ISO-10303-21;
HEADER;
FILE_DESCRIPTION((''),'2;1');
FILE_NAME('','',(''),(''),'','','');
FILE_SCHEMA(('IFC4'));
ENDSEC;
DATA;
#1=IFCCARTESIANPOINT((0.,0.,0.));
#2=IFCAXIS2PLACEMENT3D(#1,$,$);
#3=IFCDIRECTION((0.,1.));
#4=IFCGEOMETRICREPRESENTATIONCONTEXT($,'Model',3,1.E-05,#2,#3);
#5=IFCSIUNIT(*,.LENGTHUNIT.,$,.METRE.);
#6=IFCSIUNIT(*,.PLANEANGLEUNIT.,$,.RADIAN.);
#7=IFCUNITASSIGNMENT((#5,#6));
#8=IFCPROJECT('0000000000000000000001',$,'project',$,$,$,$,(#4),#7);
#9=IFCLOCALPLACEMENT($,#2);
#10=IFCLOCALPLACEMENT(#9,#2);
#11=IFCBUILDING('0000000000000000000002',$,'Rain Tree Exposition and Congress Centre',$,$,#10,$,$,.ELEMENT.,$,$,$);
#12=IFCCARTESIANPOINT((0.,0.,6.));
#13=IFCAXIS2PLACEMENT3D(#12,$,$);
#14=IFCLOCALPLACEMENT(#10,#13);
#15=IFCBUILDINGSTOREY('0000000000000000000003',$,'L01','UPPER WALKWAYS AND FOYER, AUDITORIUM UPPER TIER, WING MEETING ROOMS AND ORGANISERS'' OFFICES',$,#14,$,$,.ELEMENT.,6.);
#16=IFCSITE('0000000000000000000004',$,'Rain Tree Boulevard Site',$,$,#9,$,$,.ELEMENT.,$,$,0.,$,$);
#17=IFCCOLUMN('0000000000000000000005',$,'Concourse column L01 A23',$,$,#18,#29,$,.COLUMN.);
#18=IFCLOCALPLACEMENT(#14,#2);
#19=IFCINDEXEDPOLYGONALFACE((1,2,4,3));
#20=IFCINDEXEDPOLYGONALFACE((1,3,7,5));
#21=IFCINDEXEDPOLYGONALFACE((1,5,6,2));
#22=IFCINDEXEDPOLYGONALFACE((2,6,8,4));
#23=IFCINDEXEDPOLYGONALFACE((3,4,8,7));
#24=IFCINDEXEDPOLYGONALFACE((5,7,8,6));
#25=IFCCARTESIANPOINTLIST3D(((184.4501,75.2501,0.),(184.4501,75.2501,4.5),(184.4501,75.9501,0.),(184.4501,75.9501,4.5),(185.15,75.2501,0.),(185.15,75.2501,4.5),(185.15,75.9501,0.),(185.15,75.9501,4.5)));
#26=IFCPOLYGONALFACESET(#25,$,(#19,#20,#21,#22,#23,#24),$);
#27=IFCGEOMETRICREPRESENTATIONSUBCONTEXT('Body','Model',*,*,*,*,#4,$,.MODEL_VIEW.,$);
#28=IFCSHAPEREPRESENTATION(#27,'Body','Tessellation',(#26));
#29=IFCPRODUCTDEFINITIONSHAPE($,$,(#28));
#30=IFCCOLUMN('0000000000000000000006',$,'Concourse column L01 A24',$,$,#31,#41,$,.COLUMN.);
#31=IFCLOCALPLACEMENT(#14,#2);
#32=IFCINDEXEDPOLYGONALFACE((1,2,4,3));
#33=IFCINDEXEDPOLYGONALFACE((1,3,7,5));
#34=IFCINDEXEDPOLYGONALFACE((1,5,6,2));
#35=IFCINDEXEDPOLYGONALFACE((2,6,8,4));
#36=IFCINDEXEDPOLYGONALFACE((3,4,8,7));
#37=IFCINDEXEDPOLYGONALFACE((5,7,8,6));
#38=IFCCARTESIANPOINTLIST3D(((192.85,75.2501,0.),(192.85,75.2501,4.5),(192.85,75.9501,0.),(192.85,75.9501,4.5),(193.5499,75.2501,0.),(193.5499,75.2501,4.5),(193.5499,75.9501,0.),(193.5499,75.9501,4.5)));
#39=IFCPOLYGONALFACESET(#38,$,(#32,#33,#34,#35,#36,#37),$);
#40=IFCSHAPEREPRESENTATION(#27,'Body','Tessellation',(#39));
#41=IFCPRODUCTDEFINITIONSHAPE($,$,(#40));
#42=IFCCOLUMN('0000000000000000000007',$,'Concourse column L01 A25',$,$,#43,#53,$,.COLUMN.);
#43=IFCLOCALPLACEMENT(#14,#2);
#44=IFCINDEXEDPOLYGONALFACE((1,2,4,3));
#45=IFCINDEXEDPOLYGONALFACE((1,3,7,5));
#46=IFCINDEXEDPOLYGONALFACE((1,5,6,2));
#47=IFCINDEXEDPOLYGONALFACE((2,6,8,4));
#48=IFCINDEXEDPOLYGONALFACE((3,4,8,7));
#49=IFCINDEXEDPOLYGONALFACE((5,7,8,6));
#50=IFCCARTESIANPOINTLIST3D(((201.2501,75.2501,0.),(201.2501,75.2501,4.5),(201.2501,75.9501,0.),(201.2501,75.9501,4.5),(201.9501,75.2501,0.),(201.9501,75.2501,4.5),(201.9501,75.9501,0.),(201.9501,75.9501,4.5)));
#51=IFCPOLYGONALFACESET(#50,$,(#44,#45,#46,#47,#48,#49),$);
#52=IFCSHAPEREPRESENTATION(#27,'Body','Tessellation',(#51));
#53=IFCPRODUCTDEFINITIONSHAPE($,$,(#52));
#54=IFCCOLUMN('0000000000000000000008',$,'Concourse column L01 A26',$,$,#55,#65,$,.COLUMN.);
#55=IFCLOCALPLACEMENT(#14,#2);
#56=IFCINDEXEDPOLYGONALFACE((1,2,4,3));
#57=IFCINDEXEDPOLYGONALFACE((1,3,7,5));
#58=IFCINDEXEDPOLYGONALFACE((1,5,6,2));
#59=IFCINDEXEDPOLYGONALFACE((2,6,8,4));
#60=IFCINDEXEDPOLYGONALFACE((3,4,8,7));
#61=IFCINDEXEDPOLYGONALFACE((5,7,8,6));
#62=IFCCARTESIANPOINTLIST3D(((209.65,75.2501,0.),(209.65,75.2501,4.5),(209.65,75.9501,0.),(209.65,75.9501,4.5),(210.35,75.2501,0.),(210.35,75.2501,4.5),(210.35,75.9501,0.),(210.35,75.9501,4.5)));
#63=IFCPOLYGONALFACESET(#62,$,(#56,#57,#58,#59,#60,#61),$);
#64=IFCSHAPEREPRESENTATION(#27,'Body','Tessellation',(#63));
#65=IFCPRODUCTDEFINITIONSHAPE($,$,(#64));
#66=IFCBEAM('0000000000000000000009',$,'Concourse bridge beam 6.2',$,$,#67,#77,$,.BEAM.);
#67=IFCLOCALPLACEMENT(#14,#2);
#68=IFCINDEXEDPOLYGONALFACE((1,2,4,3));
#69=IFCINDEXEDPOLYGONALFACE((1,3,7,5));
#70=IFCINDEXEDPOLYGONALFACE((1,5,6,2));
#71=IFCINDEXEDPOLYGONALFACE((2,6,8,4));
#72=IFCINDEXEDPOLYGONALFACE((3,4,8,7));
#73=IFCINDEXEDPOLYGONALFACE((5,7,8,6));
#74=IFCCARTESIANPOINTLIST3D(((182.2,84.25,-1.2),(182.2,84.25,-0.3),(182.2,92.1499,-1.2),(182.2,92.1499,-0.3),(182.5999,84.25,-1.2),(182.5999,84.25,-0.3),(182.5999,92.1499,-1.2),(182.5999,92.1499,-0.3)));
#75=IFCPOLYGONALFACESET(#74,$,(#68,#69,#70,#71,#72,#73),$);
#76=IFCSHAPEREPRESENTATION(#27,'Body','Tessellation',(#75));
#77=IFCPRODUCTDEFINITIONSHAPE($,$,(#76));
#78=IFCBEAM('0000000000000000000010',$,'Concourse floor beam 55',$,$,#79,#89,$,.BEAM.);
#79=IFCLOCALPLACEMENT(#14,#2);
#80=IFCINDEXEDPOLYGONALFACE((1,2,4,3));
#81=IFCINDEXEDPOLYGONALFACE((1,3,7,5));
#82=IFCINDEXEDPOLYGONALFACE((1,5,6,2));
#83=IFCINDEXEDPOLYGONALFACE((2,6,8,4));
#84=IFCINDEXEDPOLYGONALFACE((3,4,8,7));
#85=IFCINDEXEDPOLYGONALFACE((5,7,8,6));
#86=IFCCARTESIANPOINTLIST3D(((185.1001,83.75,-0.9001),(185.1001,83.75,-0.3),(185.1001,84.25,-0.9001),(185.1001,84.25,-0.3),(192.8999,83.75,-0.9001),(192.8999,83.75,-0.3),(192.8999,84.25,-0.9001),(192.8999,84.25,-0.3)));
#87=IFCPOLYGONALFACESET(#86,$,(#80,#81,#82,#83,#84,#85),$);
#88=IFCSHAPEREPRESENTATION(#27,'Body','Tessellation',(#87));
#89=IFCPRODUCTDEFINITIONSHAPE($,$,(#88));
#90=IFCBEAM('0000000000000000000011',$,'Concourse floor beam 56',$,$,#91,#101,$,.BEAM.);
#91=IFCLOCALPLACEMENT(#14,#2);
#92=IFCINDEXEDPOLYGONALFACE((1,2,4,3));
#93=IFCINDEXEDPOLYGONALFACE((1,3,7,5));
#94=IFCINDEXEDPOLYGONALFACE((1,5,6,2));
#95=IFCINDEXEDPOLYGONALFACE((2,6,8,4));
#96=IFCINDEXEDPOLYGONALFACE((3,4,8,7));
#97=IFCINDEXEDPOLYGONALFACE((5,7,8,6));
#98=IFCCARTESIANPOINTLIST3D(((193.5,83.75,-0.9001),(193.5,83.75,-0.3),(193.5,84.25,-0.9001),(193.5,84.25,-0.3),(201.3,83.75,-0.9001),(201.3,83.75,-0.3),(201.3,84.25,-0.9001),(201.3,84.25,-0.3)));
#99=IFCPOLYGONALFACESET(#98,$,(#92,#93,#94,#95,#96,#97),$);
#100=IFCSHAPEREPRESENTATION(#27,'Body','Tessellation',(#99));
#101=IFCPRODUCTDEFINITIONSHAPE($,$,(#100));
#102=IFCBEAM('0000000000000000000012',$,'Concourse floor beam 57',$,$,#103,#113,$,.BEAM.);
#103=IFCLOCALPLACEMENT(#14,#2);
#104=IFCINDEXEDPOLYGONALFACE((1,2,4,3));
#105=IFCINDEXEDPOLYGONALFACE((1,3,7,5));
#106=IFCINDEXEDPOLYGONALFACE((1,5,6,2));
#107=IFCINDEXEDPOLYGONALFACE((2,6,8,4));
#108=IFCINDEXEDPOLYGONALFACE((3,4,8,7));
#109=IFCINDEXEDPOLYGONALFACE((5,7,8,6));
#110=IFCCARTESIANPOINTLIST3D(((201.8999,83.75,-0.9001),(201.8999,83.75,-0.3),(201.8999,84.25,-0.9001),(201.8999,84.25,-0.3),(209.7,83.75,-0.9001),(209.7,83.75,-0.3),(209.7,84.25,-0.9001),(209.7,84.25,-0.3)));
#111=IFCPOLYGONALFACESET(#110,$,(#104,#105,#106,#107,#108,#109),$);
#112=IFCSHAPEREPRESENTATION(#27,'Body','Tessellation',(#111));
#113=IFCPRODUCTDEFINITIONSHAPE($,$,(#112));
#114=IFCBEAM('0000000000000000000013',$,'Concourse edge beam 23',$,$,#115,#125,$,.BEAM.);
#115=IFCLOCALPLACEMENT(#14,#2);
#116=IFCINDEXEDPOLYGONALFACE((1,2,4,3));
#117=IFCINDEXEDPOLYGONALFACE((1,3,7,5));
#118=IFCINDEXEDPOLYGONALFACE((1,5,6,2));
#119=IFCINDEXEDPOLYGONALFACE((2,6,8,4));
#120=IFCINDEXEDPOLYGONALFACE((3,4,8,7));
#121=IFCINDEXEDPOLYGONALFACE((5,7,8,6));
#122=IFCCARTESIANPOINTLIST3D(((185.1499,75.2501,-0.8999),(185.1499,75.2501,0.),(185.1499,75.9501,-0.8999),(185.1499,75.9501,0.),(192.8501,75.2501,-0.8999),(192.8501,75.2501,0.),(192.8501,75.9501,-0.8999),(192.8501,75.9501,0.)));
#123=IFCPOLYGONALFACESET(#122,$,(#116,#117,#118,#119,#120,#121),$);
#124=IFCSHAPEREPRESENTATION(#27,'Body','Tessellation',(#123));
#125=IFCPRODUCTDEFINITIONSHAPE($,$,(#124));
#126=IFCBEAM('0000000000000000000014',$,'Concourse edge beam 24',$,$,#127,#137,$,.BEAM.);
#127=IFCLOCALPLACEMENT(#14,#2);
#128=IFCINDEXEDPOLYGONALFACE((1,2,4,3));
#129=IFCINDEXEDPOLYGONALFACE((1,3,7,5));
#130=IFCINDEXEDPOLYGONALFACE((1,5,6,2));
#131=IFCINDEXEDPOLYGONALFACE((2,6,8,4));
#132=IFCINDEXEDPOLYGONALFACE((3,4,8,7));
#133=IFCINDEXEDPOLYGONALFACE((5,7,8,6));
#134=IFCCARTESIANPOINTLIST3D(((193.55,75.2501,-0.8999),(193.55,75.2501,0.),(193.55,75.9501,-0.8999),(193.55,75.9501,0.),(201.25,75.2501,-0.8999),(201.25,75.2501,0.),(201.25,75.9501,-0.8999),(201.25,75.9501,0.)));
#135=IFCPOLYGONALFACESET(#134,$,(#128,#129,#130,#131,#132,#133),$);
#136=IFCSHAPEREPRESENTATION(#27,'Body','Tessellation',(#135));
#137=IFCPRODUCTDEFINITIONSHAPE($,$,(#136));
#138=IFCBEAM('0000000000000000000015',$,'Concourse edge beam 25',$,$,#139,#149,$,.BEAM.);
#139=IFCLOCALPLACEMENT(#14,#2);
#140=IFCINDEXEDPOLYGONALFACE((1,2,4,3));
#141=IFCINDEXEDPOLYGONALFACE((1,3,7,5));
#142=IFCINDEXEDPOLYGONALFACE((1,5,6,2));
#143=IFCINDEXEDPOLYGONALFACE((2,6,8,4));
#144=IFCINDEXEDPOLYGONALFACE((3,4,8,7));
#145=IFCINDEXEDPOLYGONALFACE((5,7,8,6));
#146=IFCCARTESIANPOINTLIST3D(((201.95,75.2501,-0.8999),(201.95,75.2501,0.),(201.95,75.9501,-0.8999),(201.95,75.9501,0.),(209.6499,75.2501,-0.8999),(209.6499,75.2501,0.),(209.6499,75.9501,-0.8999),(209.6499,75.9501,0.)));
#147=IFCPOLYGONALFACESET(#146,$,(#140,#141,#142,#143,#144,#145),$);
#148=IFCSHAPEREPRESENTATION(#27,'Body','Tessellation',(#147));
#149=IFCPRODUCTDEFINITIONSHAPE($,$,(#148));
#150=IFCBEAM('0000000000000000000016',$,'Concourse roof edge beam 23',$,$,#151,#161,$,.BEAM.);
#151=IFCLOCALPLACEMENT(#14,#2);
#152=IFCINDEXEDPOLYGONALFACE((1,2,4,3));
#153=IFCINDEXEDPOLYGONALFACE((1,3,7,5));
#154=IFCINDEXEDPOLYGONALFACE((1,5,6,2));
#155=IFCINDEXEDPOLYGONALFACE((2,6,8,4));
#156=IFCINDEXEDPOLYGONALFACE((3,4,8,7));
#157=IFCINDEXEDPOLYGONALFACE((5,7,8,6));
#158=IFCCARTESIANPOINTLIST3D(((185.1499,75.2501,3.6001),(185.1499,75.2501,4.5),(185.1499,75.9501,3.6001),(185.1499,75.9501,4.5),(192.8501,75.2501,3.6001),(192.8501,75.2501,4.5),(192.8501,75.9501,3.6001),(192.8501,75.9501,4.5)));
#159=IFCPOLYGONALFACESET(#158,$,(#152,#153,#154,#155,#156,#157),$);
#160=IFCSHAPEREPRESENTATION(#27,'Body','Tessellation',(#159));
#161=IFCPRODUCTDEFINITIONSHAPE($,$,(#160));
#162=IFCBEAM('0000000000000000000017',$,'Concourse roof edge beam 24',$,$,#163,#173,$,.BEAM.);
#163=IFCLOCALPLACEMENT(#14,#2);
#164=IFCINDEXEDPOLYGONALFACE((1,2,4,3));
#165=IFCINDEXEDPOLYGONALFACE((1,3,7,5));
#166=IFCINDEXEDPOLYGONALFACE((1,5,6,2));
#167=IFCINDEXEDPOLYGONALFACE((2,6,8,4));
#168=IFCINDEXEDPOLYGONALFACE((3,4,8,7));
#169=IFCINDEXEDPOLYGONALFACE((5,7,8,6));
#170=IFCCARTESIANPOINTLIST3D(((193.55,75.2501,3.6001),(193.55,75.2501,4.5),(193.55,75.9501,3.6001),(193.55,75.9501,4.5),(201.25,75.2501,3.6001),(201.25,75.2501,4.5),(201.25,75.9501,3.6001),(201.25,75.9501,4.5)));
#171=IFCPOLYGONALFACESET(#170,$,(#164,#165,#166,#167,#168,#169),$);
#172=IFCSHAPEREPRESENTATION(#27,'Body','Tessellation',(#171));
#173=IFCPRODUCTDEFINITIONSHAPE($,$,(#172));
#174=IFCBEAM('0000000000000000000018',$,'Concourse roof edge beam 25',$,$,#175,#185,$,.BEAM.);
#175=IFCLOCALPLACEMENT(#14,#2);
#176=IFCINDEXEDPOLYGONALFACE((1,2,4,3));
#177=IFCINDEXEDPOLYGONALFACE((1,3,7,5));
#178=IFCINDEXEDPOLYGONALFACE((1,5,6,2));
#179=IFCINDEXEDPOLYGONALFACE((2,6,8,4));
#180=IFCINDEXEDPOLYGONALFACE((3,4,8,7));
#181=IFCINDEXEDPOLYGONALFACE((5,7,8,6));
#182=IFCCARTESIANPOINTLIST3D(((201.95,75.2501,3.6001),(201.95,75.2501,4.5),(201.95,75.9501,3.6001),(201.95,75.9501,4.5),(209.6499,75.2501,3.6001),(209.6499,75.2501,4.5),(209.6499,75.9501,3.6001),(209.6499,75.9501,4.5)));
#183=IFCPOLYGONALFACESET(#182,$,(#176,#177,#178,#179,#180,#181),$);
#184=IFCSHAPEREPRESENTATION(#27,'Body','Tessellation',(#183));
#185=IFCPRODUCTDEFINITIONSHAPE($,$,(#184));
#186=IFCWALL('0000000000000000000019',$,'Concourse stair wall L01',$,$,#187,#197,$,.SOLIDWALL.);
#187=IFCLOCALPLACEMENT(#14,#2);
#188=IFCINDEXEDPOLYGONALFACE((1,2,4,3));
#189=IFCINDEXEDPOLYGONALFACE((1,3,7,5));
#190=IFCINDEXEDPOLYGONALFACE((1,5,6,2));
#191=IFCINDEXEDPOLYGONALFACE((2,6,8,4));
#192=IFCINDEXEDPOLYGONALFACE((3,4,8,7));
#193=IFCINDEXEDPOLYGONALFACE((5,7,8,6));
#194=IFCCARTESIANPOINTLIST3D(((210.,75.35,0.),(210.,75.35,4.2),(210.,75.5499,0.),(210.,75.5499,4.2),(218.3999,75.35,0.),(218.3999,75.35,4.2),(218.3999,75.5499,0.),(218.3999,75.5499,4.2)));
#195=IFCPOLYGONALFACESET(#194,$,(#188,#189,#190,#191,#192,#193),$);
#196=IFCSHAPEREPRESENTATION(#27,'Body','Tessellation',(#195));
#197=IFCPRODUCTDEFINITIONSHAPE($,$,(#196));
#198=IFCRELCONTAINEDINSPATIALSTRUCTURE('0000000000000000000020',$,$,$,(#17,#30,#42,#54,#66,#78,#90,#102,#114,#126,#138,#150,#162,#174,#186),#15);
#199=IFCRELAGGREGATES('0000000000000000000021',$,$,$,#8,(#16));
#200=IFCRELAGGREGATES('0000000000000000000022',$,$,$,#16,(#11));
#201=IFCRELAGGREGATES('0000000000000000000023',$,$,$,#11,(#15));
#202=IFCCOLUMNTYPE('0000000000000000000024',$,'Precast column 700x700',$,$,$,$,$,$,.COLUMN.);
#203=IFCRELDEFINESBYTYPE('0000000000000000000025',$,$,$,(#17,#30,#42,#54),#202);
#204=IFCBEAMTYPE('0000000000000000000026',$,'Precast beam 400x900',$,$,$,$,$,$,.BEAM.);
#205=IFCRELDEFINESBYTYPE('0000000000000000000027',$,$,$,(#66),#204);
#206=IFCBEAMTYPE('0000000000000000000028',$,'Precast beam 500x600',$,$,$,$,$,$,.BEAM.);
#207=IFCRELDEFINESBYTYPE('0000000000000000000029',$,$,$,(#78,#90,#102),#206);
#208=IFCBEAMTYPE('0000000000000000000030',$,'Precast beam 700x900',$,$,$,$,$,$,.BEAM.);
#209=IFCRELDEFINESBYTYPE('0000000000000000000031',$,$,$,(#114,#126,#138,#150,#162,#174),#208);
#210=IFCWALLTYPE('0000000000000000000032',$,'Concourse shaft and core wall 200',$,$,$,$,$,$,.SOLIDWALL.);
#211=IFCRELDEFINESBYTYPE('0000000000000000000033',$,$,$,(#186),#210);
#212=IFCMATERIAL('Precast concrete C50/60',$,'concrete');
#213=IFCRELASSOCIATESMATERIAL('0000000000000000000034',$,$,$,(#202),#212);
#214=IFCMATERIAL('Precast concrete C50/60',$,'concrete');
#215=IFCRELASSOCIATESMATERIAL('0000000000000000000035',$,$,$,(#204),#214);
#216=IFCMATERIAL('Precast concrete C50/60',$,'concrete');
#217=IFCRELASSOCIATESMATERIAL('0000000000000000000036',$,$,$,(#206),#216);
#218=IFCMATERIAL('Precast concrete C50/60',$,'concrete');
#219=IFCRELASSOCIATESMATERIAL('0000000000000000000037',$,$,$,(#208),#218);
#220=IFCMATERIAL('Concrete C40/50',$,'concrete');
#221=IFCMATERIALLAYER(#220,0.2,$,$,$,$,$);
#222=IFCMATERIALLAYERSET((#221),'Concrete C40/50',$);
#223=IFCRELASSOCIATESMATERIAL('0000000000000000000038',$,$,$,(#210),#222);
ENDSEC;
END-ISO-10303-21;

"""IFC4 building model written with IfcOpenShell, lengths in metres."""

from ifc_helpers import new_model, si_unit, direction, frame, frame_2d, origin, origin_2d, place, context, subcontext, project, spatial, rectangle, extrude, material, layer, layer_set, material_profile, profile_set, type_object, element, save


model = new_model("IFC4")

# Units and contexts
model_context = context("Model", 3, precision=1e-05, world=origin(), true_north=direction((0.0, 1.0)))
body_context = subcontext(model_context, "Body", "Model", "MODEL_VIEW")
ifc_project = project(units=[si_unit("LENGTHUNIT", "METRE"), si_unit("PLANEANGLEUNIT", "RADIAN")], contexts=[model_context])

# Site, building, storey
site_placement = place(None, origin())
site = spatial("IfcSite", under=ifc_project, at=site_placement, Name="Rain Tree Boulevard Site", CompositionType="ELEMENT", RefElevation=0.0)
building_placement = place(site_placement, origin())
building = spatial("IfcBuilding", under=site, at=building_placement, Name="Rain Tree Exposition and Congress Centre", CompositionType="ELEMENT")
storey_placement = place(building_placement, frame((0.0, 0.0, 6.0)))
storey = spatial("IfcBuildingStorey", under=building, at=storey_placement, Name="L01", Description="UPPER WALKWAYS AND FOYER, AUDITORIUM UPPER TIER, WING MEETING ROOMS AND ORGANISERS' OFFICES", CompositionType="ELEMENT", Elevation=6.0)

# Columns
ifc_material_1 = material(Name="Precast concrete C50/60", Category="concrete")
ifc_material_profile_1 = material_profile(ifc_material_1, rectangle(XDim=0.7, YDim=0.7, at=origin_2d()), Name="RC 700x700")
ifc_profile_set_1 = profile_set([ifc_material_profile_1], Name="Precast concrete C50/60")
column_type = type_object("IfcColumnType", Name="Precast column 700x700", PredefinedType="COLUMN", material=ifc_profile_set_1)
for number, where, z_axis, x_axis, name in (
    (1, (184.8, 75.6001, 0.0), (0.0, 0.0, 1.0), (1.0, 0.0, 0.0), "Concourse column L01 A23"),
    (2, (193.2, 75.6001, 0.0), (0.0, 0.0, 1.0), (1.0, 0.0, 0.0), "Concourse column L01 A24"),
    (3, (201.6001, 75.6001, 0.0), (0.0, 0.0, 1.0), (1.0, 0.0, 0.0), "Concourse column L01 A25"),
    (4, (210.0, 75.6001, 0.0), (0.0, 0.0, 1.0), (1.0, 0.0, 0.0), "Concourse column L01 A26"),
):
    element("IfcColumn", number, at=place(storey_placement, frame(where, z_axis=z_axis, x_axis=x_axis)), inside=storey, type_object=column_type, Name=name, PredefinedType="COLUMN", context=body_context, shape_type="SweptSolid", body=[
        extrude(rectangle(XDim=0.7, YDim=0.7, at=origin_2d()), origin(), (0.0, 0.0, 1.0), 4.5),
    ])

# Beams
ifc_material_2 = material(Name="Precast concrete C50/60", Category="concrete")
ifc_material_profile_2 = material_profile(ifc_material_2, rectangle(XDim=0.3999, YDim=0.8999, at=origin_2d()), Name="RC 400x900")
ifc_profile_set_2 = profile_set([ifc_material_profile_2], Name="Precast concrete C50/60")
beam_type_1 = type_object("IfcBeamType", Name="Precast beam 400x900", PredefinedType="BEAM", material=ifc_profile_set_2)
beam_1_placement = place(storey_placement, frame((182.3999, 84.25, -0.75), z_axis=(0.0, 1.0, 0.0), x_axis=(-1.0, 0.0, 0.0)))
element("IfcBeam", 5, at=beam_1_placement, inside=storey, type_object=beam_type_1, Name="Concourse bridge beam 6.2", PredefinedType="BEAM", context=body_context, shape_type="SweptSolid", body=[
    extrude(rectangle(XDim=0.3999, YDim=0.8999, at=origin_2d()), origin(), (0.0, 0.0, 1.0), 7.8999),
])
ifc_material_3 = material(Name="Precast concrete C50/60", Category="concrete")
ifc_material_profile_3 = material_profile(ifc_material_3, rectangle(XDim=0.5, YDim=0.6001, at=origin_2d()), Name="RC 500x600")
ifc_profile_set_3 = profile_set([ifc_material_profile_3], Name="Precast concrete C50/60")
beam_type_2 = type_object("IfcBeamType", Name="Precast beam 500x600", PredefinedType="BEAM", material=ifc_profile_set_3)
beam_2_placement = place(storey_placement, frame((185.1001, 84.0, -0.6001), z_axis=(1.0, 0.0, 0.0), x_axis=(0.0, 1.0, 0.0)))
element("IfcBeam", 6, at=beam_2_placement, inside=storey, type_object=beam_type_2, Name="Concourse floor beam 55", PredefinedType="BEAM", context=body_context, shape_type="SweptSolid", body=[
    extrude(rectangle(XDim=0.5, YDim=0.6001, at=origin_2d()), origin(), (0.0, 0.0, 1.0), 7.7998),
])
for number, where, z_axis, x_axis, name in (
    (7, (193.5, 84.0, -0.6001), (1.0, 0.0, 0.0), (0.0, 1.0, 0.0), "Concourse floor beam 56"),
    (8, (201.8999, 84.0, -0.6001), (1.0, 0.0, 0.0), (0.0, 1.0, 0.0), "Concourse floor beam 57"),
):
    element("IfcBeam", number, at=place(storey_placement, frame(where, z_axis=z_axis, x_axis=x_axis)), inside=storey, type_object=beam_type_2, Name=name, PredefinedType="BEAM", context=body_context, shape_type="SweptSolid", body=[
        extrude(rectangle(XDim=0.5, YDim=0.6001, at=origin_2d()), origin(), (0.0, 0.0, 1.0), 7.8),
    ])
ifc_material_4 = material(Name="Precast concrete C50/60", Category="concrete")
ifc_material_profile_4 = material_profile(ifc_material_4, rectangle(XDim=0.7, YDim=0.8999, at=origin_2d()), Name="RC 700x900")
ifc_profile_set_4 = profile_set([ifc_material_profile_4], Name="Precast concrete C50/60")
beam_type_3 = type_object("IfcBeamType", Name="Precast beam 700x900", PredefinedType="BEAM", material=ifc_profile_set_4)
beam_3_placement = place(storey_placement, frame((185.1499, 75.6001, -0.45), z_axis=(1.0, 0.0, 0.0), x_axis=(0.0, 1.0, 0.0)))
element("IfcBeam", 9, at=beam_3_placement, inside=storey, type_object=beam_type_3, Name="Concourse edge beam 23", PredefinedType="BEAM", context=body_context, shape_type="SweptSolid", body=[
    extrude(rectangle(XDim=0.7, YDim=0.8999, at=origin_2d()), origin(), (0.0, 0.0, 1.0), 7.7002),
])
for number, where, z_axis, x_axis, name in (
    (10, (193.55, 75.6001, -0.45), (1.0, 0.0, 0.0), (0.0, 1.0, 0.0), "Concourse edge beam 24"),
    (11, (201.95, 75.6001, -0.45), (1.0, 0.0, 0.0), (0.0, 1.0, 0.0), "Concourse edge beam 25"),
):
    element("IfcBeam", number, at=place(storey_placement, frame(where, z_axis=z_axis, x_axis=x_axis)), inside=storey, type_object=beam_type_3, Name=name, PredefinedType="BEAM", context=body_context, shape_type="SweptSolid", body=[
        extrude(rectangle(XDim=0.7, YDim=0.8999, at=origin_2d()), origin(), (0.0, 0.0, 1.0), 7.7),
    ])
beam_4_placement = place(storey_placement, frame((185.1499, 75.6001, 4.05), z_axis=(1.0, 0.0, 0.0), x_axis=(0.0, 1.0, 0.0)))
element("IfcBeam", 12, at=beam_4_placement, inside=storey, type_object=beam_type_3, Name="Concourse roof edge beam 23", PredefinedType="BEAM", context=body_context, shape_type="SweptSolid", body=[
    extrude(rectangle(XDim=0.7, YDim=0.8999, at=origin_2d()), origin(), (0.0, 0.0, 1.0), 7.7002),
])
for number, where, z_axis, x_axis, name in (
    (13, (193.55, 75.6001, 4.05), (1.0, 0.0, 0.0), (0.0, 1.0, 0.0), "Concourse roof edge beam 24"),
    (14, (201.95, 75.6001, 4.05), (1.0, 0.0, 0.0), (0.0, 1.0, 0.0), "Concourse roof edge beam 25"),
):
    element("IfcBeam", number, at=place(storey_placement, frame(where, z_axis=z_axis, x_axis=x_axis)), inside=storey, type_object=beam_type_3, Name=name, PredefinedType="BEAM", context=body_context, shape_type="SweptSolid", body=[
        extrude(rectangle(XDim=0.7, YDim=0.8999, at=origin_2d()), origin(), (0.0, 0.0, 1.0), 7.7),
    ])

# Shared definitions
ifc_material_5 = material(Name="Concrete C40/50", Category="concrete")
ifc_layer = layer(ifc_material_5, 0.2)
ifc_layer_set = layer_set([ifc_layer], Name="Concrete C40/50")
wall_type = type_object("IfcWallType", Name="Concourse shaft and core wall 200", PredefinedType="SOLIDWALL", material=ifc_layer_set)

# Wall
wall_1_placement = place(storey_placement, frame((210.0, 75.45, 0.0), z_axis=(0.0, 0.0, 1.0), x_axis=(1.0, 0.0, 0.0)))
element("IfcWall", 15, at=wall_1_placement, inside=storey, type_object=wall_type, Name="Concourse stair wall L01", PredefinedType="SOLIDWALL", context=body_context, shape_type="SweptSolid", body=[
    extrude(rectangle(XDim=8.3999, YDim=0.2, at=frame_2d((4.2, 0.0))), origin(), (0.0, 0.0, 1.0), 4.2),
])

save(model, "model.ifc")
